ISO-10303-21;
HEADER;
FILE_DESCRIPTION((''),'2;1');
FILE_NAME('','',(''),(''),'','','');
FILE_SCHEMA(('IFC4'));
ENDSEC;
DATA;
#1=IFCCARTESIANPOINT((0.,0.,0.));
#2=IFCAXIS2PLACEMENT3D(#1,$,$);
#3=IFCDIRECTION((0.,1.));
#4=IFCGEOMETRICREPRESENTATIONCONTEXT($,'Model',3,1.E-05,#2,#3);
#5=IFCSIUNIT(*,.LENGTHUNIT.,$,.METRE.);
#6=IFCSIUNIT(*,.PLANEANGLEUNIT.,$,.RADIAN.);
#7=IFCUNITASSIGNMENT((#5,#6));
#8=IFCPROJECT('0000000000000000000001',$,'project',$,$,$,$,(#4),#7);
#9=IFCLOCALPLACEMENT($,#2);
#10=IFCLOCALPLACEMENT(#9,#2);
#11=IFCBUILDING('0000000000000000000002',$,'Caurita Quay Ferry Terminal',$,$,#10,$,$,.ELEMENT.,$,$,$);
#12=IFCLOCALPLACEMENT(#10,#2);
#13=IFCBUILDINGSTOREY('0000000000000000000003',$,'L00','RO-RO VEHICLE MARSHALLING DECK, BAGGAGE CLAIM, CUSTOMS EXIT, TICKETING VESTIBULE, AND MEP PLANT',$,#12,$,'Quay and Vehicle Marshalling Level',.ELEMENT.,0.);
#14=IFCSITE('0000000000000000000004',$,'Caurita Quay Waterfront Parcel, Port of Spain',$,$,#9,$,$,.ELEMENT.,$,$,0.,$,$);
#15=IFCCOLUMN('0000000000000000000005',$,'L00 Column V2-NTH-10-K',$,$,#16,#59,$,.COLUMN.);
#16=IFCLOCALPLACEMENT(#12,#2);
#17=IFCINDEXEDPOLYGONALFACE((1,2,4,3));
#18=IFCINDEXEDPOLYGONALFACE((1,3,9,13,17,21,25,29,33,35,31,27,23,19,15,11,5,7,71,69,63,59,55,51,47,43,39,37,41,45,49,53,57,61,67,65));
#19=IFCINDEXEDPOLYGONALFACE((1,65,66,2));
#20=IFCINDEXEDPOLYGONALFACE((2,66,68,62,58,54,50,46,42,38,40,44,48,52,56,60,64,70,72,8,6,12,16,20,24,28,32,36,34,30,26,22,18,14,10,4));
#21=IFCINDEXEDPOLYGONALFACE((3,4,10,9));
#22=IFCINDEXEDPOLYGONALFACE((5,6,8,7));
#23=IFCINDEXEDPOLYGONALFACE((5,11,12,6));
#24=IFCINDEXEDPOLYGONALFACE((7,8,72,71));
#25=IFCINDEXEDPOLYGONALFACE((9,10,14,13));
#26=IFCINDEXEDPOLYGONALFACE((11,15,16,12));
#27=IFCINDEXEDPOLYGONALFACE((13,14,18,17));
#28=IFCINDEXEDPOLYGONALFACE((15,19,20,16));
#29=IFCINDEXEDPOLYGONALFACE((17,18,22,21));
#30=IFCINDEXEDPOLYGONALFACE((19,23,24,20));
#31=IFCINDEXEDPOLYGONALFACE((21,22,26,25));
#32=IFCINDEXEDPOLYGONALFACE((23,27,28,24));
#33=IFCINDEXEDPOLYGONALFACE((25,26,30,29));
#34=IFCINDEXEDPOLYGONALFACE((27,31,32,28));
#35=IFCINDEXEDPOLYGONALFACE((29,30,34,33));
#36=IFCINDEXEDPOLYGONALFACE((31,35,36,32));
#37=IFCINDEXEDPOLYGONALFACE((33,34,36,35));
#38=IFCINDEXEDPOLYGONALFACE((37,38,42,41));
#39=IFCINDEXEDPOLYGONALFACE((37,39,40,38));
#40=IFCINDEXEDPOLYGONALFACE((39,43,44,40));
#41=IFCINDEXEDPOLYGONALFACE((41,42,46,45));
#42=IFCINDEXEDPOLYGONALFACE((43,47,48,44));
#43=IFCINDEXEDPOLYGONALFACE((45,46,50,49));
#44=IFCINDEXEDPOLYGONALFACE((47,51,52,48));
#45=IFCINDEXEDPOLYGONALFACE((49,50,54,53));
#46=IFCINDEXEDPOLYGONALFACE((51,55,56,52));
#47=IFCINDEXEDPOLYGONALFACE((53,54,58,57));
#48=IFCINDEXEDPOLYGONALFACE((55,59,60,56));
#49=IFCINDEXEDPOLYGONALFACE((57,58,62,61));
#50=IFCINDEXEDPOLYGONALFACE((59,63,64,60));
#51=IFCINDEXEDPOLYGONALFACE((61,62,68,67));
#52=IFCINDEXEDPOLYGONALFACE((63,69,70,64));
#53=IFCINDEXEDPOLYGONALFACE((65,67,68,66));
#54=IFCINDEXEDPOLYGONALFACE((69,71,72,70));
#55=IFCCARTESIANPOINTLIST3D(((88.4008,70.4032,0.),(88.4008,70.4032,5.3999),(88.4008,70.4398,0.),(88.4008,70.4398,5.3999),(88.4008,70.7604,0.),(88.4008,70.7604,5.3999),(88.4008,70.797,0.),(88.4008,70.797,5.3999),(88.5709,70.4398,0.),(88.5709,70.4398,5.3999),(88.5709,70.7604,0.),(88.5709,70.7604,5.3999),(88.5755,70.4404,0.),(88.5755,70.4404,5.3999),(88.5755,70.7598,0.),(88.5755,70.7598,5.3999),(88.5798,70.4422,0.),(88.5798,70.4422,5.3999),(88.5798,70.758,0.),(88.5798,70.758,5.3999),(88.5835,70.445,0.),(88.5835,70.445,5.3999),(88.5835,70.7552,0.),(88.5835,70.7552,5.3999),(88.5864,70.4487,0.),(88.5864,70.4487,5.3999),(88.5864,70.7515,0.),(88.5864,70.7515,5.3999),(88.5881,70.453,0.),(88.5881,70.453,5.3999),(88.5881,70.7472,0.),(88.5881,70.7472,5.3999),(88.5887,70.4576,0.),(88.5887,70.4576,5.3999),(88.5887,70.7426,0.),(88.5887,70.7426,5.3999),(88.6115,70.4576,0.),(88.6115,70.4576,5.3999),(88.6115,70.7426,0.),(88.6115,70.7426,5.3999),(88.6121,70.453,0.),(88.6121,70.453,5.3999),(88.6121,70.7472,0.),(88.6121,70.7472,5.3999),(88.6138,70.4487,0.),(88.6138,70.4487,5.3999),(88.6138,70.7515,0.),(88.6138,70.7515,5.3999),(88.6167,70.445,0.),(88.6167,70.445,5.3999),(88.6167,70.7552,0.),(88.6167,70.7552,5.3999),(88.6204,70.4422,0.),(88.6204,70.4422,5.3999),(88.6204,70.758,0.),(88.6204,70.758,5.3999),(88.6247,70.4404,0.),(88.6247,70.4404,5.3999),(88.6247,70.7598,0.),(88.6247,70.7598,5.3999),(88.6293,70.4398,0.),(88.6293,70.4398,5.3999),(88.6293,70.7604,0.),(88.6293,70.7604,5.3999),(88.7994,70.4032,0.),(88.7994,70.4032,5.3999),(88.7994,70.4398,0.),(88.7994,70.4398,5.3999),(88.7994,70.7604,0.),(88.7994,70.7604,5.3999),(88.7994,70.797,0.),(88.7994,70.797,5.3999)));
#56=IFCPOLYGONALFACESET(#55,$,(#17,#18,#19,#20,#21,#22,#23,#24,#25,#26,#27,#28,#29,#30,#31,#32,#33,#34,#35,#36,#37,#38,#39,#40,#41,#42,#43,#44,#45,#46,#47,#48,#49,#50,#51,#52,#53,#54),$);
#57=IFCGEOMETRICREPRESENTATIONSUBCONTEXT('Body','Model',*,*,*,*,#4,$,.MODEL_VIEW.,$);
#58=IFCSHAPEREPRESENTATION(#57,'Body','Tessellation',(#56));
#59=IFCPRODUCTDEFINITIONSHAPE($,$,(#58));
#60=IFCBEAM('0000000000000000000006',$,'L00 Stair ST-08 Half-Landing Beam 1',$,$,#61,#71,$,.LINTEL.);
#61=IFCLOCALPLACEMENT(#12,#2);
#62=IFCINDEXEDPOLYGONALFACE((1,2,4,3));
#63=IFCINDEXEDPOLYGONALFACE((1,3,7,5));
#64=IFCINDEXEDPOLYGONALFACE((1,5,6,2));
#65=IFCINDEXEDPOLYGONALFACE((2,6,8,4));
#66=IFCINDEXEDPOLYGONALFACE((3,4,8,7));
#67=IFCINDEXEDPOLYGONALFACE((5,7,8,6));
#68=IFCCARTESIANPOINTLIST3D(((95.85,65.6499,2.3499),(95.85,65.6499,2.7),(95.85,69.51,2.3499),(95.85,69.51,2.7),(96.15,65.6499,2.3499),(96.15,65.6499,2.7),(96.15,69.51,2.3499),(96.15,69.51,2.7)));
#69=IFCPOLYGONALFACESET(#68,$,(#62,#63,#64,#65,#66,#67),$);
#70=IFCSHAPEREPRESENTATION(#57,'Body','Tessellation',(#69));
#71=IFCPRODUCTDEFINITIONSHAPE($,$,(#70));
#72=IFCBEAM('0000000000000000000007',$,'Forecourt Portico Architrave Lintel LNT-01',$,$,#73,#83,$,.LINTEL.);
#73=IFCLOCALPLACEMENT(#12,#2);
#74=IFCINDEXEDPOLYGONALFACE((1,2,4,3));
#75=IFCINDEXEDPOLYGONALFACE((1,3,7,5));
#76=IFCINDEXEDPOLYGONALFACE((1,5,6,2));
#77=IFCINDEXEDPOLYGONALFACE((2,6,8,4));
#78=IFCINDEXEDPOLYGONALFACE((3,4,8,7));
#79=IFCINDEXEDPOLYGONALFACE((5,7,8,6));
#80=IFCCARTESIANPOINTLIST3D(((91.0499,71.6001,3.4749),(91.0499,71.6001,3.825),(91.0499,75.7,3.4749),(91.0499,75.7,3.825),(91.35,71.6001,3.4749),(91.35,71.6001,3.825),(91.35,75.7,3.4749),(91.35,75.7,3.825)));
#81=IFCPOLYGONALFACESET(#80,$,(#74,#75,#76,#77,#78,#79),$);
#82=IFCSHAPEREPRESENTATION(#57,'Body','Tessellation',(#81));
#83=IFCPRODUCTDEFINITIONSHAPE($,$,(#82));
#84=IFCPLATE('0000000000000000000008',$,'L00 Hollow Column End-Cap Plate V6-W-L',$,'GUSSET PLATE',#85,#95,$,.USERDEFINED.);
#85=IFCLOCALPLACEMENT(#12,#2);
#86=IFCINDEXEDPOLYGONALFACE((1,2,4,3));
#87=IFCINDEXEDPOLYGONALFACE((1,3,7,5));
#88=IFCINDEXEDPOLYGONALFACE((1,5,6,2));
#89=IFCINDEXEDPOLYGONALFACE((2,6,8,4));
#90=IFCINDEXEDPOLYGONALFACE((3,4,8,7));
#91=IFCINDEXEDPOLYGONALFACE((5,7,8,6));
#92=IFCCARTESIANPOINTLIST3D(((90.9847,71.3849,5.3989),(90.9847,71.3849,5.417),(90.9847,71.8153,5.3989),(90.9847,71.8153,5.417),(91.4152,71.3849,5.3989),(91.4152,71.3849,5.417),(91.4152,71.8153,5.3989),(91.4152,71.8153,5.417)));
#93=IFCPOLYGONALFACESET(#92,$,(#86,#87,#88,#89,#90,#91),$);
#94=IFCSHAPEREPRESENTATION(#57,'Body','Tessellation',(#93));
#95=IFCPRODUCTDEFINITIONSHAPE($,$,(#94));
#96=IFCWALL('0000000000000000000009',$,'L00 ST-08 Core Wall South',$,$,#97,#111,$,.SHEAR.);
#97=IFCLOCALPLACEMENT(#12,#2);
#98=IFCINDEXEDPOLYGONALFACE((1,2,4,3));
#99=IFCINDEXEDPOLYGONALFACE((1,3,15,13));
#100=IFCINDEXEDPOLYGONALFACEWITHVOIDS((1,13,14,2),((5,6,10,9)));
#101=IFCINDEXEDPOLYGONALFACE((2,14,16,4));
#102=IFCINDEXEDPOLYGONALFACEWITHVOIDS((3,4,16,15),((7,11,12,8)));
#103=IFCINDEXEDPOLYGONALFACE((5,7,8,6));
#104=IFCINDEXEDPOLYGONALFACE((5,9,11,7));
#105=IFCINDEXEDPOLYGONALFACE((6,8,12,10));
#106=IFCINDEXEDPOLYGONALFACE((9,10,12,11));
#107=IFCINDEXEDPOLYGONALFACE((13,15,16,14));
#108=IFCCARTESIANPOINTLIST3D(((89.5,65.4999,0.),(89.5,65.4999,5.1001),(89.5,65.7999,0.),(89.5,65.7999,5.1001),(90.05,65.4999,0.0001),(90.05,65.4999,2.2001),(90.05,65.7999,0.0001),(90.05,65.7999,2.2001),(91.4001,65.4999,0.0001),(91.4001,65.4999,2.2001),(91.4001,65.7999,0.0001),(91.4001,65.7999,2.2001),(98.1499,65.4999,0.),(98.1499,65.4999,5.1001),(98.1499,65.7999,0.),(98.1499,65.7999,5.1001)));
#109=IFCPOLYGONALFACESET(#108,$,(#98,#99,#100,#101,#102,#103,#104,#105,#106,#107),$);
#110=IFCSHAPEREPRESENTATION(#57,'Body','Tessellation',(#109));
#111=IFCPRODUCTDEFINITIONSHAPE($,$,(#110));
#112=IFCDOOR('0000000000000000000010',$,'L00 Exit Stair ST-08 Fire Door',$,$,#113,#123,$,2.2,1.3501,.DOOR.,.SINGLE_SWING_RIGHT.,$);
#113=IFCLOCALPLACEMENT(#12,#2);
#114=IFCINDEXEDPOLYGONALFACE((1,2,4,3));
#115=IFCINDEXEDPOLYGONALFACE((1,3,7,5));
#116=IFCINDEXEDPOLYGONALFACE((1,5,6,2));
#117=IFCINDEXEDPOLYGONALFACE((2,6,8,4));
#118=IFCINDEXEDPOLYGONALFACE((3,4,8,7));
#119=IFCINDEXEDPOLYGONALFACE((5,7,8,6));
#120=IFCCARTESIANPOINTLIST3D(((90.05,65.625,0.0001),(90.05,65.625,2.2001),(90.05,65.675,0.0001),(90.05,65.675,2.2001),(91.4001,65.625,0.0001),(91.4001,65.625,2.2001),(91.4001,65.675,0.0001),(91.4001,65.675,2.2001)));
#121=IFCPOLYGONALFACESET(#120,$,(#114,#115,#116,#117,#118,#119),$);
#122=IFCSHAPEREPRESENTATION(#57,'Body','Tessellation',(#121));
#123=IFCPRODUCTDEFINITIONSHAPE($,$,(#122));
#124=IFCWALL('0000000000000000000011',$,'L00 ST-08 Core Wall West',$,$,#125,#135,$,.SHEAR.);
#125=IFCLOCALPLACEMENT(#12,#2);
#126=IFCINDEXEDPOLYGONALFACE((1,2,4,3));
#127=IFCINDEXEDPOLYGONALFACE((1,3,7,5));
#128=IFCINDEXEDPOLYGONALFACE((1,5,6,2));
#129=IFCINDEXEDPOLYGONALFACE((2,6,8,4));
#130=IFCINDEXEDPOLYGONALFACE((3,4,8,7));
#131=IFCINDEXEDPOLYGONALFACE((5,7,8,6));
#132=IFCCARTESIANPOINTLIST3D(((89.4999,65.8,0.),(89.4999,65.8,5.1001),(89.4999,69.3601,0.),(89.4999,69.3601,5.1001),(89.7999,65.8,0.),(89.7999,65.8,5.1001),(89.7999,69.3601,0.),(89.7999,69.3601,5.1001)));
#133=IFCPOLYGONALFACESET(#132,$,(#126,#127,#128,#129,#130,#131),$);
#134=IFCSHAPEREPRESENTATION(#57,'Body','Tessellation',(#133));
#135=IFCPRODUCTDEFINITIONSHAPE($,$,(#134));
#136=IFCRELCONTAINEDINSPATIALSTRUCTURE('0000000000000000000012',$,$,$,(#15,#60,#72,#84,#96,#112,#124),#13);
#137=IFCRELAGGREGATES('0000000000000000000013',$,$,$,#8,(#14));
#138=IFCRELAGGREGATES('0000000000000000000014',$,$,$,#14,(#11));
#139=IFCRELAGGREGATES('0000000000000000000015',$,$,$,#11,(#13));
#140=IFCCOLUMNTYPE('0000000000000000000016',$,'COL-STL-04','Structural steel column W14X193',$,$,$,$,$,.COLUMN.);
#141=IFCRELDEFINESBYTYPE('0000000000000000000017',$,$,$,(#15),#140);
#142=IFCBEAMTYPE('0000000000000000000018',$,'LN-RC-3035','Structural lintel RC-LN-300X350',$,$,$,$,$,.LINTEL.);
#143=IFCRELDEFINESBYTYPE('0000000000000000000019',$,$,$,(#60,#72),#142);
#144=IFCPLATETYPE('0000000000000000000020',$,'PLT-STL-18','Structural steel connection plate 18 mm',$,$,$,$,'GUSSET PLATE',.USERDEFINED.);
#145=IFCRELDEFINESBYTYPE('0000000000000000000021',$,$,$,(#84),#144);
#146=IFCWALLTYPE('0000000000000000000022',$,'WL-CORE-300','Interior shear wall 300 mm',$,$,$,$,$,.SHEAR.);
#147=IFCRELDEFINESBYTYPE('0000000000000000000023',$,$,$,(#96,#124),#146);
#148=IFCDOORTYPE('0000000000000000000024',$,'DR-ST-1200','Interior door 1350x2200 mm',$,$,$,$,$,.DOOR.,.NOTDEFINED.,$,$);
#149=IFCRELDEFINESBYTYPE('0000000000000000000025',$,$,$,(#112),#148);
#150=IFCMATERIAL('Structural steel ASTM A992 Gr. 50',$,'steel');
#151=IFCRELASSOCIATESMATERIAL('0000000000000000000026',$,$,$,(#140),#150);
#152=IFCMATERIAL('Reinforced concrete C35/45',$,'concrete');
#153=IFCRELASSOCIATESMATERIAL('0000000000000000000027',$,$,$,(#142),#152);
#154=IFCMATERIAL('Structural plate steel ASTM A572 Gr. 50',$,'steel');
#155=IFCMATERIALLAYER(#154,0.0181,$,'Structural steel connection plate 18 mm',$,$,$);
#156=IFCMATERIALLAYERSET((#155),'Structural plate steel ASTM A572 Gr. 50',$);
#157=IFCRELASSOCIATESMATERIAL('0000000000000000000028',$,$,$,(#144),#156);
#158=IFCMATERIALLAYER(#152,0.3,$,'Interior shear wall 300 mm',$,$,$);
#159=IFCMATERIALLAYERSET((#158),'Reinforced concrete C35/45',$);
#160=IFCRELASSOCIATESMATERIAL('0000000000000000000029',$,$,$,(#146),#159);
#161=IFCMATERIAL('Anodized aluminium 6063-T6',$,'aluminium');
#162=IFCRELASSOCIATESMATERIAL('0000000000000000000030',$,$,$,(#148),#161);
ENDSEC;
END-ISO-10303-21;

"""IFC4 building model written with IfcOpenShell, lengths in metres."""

from ifc_helpers import new_model, si_unit, direction, frame, frame_2d, origin, origin_2d, place, context, subcontext, project, spatial, rectangle, i_section, extrude, material, layer, layer_set, material_profile, profile_set, type_object, element, fill, save


model = new_model("IFC4")

# Units and contexts
model_context = context("Model", 3, precision=1e-05, world=origin(), true_north=direction((0.0, 1.0)))
body_context = subcontext(model_context, "Body", "Model", "MODEL_VIEW")
ifc_project = project(units=[si_unit("LENGTHUNIT", "METRE"), si_unit("PLANEANGLEUNIT", "RADIAN")], contexts=[model_context])

# Site, building, storey
site_placement = place(None, origin())
site = spatial("IfcSite", under=ifc_project, at=site_placement, Name="Caurita Quay Waterfront Parcel, Port of Spain", CompositionType="ELEMENT", RefElevation=0.0)
building_placement = place(site_placement, origin())
building = spatial("IfcBuilding", under=site, at=building_placement, Name="Caurita Quay Ferry Terminal", CompositionType="ELEMENT")
storey_placement = place(building_placement, origin())
storey = spatial("IfcBuildingStorey", under=building, at=storey_placement, Name="L00", Description="RO-RO VEHICLE MARSHALLING DECK, BAGGAGE CLAIM, CUSTOMS EXIT, TICKETING VESTIBULE, AND MEP PLANT", LongName="Quay and Vehicle Marshalling Level", CompositionType="ELEMENT", Elevation=0.0)

# Column
ifc_material_1 = material(Name="Structural steel ASTM A992 Gr. 50", Category="steel")
ifc_material_profile_1 = material_profile(ifc_material_1, i_section(OverallWidth=0.3987, OverallDepth=0.3938, WebThickness=0.0227, FlangeThickness=0.0366, FilletRadius=0.0178, at=origin_2d()), Name="W14X193")
ifc_profile_set_1 = profile_set([ifc_material_profile_1], Name="Structural steel ASTM A992 Gr. 50")
column_type_1 = type_object("IfcColumnType", Name="COL-STL-04", Description="Structural steel column W14X193", PredefinedType="COLUMN", material=ifc_profile_set_1)
column_1_placement = place(storey_placement, frame((88.6001, 70.6001, 0.0), z_axis=(0.0, 0.0, 1.0), x_axis=(1.0, 0.0, 0.0)))
element("IfcColumn", 1, at=column_1_placement, inside=storey, type_object=column_type_1, Name="L00 Column V2-NTH-10-K", PredefinedType="COLUMN", context=body_context, shape_type="SweptSolid", body=[
    extrude(i_section(OverallWidth=0.3987, OverallDepth=0.3938, WebThickness=0.0227, FlangeThickness=0.0366, FilletRadius=0.0178, at=origin_2d()), origin(), (0.0, 0.0, 1.0), 5.3999),
])

# Beams
ifc_material_2 = material(Name="Reinforced concrete C35/45", Category="concrete")
ifc_material_profile_2 = material_profile(ifc_material_2, rectangle(XDim=0.3, YDim=0.3501, at=origin_2d()), Name="RC-LN-300X350")
ifc_profile_set_2 = profile_set([ifc_material_profile_2], Name="Reinforced concrete C35/45")
beam_type = type_object("IfcBeamType", Name="LN-RC-3035", Description="Structural lintel RC-LN-300X350", PredefinedType="LINTEL", material=ifc_profile_set_2)
beam_1_placement = place(storey_placement, frame((96.0, 65.6499, 2.5249), z_axis=(0.0, 1.0, 0.0), x_axis=(-1.0, 0.0, 0.0)))
element("IfcBeam", 2, at=beam_1_placement, inside=storey, type_object=beam_type, Name="L00 Stair ST-08 Half-Landing Beam 1", PredefinedType="LINTEL", context=body_context, shape_type="SweptSolid", body=[
    extrude(rectangle(XDim=0.3, YDim=0.3501, at=origin_2d()), origin(), (0.0, 0.0, 1.0), 3.8601),
])
beam_2_placement = place(storey_placement, frame((91.2, 71.6001, 3.6499), z_axis=(0.0, 1.0, 0.0), x_axis=(-1.0, 0.0, 0.0)))
element("IfcBeam", 3, at=beam_2_placement, inside=storey, type_object=beam_type, Name="Forecourt Portico Architrave Lintel LNT-01", PredefinedType="LINTEL", context=body_context, shape_type="SweptSolid", body=[
    extrude(rectangle(XDim=0.3, YDim=0.3501, at=origin_2d()), origin(), (0.0, 0.0, 1.0), 4.0999),
])

# Plate
ifc_material_3 = material(Name="Structural plate steel ASTM A572 Gr. 50", Category="steel")
ifc_layer_1 = layer(ifc_material_3, 0.0181, Name="Structural steel connection plate 18 mm")
ifc_layer_set_1 = layer_set([ifc_layer_1], Name="Structural plate steel ASTM A572 Gr. 50")
plate_type = type_object("IfcPlateType", Name="PLT-STL-18", Description="Structural steel connection plate 18 mm", ElementType="GUSSET PLATE", PredefinedType="USERDEFINED", material=ifc_layer_set_1)
plate_placement = place(storey_placement, frame((91.2, 71.6001, 5.3989), z_axis=(0.0, 0.0, 1.0), x_axis=(1.0, 0.0, 0.0)))
element("IfcPlate", 4, at=plate_placement, inside=storey, type_object=plate_type, Name="L00 Hollow Column End-Cap Plate V6-W-L", ObjectType="GUSSET PLATE", PredefinedType="USERDEFINED", context=body_context, shape_type="SweptSolid", body=[
    extrude(rectangle(XDim=0.4304, YDim=0.4304, at=origin_2d()), origin(), (0.0, 0.0, 1.0), 0.0181),
])

# Wall, opening, door
ifc_layer_2 = layer(ifc_material_2, 0.3, Name="Interior shear wall 300 mm")
ifc_layer_set_2 = layer_set([ifc_layer_2], Name="Reinforced concrete C35/45")
wall_type_1 = type_object("IfcWallType", Name="WL-CORE-300", Description="Interior shear wall 300 mm", PredefinedType="SHEAR", material=ifc_layer_set_2)
wall_1_placement = place(storey_placement, frame((89.5, 65.6499, 0.0), z_axis=(0.0, 0.0, 1.0), x_axis=(1.0, 0.0, 0.0)))
wall_1 = element("IfcWall", 5, at=wall_1_placement, inside=storey, type_object=wall_type_1, Name="L00 ST-08 Core Wall South", PredefinedType="SHEAR", context=body_context, shape_type="SweptSolid", body=[
    extrude(rectangle(XDim=8.6499, YDim=0.3, at=frame_2d((4.325, 0.0))), origin(), (0.0, 0.0, 1.0), 5.1001),
])
opening_1_placement = place(wall_1_placement, frame((0.55, 0.0, 0.0)))
opening_1 = element("IfcOpeningElement", 6, at=opening_1_placement, cuts=wall_1, PredefinedType="OPENING", context=body_context, shape_type="SweptSolid", body=[
    extrude(rectangle(XDim=1.3501, YDim=2.2, at=frame_2d((0.675, 1.1001))), frame((0.0, 0.1599, 0.0), z_axis=(0.0, -1.0, 0.0), x_axis=(1.0, 0.0, 0.0)), (0.0, 0.0, 1.0), 0.3201),
])
ifc_material_4 = material(Name="Anodized aluminium 6063-T6", Category="aluminium")
door_type_1 = type_object("IfcDoorType", Name="DR-ST-1200", Description="Interior door 1350x2200 mm", OperationType="NOTDEFINED", PredefinedType="DOOR", material=ifc_material_4)
door_1_placement = place(opening_1_placement, frame((1.3501, 0.0, 0.0), z_axis=(0.0, 0.0, 1.0), x_axis=(-1.0, 0.0, 0.0)))
door_1 = element("IfcDoor", 7, at=door_1_placement, inside=storey, type_object=door_type_1, Name="L00 Exit Stair ST-08 Fire Door", OperationType="SINGLE_SWING_RIGHT", OverallHeight=2.2, OverallWidth=1.3501, PredefinedType="DOOR", context=body_context, shape_type="SweptSolid", body=[
    extrude(rectangle(XDim=1.3501, YDim=2.2, at=frame_2d((0.675, 1.1001))), frame((0.0, 0.0249, 0.0), z_axis=(0.0, -1.0, 0.0), x_axis=(1.0, 0.0, 0.0)), (0.0, 0.0, 1.0), 0.05),
])
fill(opening_1, door_1)

# Wall
wall_2_placement = place(storey_placement, frame((89.6499, 69.3601, 0.0), z_axis=(0.0, 0.0, 1.0), x_axis=(0.0, -1.0, 0.0)))
element("IfcWall", 8, at=wall_2_placement, inside=storey, type_object=wall_type_1, Name="L00 ST-08 Core Wall West", PredefinedType="SHEAR", context=body_context, shape_type="SweptSolid", body=[
    extrude(rectangle(XDim=3.5601, YDim=0.3, at=frame_2d((1.78, 0.0))), origin(), (0.0, 0.0, 1.0), 5.1001),
])

save(model, "model.ifc")
